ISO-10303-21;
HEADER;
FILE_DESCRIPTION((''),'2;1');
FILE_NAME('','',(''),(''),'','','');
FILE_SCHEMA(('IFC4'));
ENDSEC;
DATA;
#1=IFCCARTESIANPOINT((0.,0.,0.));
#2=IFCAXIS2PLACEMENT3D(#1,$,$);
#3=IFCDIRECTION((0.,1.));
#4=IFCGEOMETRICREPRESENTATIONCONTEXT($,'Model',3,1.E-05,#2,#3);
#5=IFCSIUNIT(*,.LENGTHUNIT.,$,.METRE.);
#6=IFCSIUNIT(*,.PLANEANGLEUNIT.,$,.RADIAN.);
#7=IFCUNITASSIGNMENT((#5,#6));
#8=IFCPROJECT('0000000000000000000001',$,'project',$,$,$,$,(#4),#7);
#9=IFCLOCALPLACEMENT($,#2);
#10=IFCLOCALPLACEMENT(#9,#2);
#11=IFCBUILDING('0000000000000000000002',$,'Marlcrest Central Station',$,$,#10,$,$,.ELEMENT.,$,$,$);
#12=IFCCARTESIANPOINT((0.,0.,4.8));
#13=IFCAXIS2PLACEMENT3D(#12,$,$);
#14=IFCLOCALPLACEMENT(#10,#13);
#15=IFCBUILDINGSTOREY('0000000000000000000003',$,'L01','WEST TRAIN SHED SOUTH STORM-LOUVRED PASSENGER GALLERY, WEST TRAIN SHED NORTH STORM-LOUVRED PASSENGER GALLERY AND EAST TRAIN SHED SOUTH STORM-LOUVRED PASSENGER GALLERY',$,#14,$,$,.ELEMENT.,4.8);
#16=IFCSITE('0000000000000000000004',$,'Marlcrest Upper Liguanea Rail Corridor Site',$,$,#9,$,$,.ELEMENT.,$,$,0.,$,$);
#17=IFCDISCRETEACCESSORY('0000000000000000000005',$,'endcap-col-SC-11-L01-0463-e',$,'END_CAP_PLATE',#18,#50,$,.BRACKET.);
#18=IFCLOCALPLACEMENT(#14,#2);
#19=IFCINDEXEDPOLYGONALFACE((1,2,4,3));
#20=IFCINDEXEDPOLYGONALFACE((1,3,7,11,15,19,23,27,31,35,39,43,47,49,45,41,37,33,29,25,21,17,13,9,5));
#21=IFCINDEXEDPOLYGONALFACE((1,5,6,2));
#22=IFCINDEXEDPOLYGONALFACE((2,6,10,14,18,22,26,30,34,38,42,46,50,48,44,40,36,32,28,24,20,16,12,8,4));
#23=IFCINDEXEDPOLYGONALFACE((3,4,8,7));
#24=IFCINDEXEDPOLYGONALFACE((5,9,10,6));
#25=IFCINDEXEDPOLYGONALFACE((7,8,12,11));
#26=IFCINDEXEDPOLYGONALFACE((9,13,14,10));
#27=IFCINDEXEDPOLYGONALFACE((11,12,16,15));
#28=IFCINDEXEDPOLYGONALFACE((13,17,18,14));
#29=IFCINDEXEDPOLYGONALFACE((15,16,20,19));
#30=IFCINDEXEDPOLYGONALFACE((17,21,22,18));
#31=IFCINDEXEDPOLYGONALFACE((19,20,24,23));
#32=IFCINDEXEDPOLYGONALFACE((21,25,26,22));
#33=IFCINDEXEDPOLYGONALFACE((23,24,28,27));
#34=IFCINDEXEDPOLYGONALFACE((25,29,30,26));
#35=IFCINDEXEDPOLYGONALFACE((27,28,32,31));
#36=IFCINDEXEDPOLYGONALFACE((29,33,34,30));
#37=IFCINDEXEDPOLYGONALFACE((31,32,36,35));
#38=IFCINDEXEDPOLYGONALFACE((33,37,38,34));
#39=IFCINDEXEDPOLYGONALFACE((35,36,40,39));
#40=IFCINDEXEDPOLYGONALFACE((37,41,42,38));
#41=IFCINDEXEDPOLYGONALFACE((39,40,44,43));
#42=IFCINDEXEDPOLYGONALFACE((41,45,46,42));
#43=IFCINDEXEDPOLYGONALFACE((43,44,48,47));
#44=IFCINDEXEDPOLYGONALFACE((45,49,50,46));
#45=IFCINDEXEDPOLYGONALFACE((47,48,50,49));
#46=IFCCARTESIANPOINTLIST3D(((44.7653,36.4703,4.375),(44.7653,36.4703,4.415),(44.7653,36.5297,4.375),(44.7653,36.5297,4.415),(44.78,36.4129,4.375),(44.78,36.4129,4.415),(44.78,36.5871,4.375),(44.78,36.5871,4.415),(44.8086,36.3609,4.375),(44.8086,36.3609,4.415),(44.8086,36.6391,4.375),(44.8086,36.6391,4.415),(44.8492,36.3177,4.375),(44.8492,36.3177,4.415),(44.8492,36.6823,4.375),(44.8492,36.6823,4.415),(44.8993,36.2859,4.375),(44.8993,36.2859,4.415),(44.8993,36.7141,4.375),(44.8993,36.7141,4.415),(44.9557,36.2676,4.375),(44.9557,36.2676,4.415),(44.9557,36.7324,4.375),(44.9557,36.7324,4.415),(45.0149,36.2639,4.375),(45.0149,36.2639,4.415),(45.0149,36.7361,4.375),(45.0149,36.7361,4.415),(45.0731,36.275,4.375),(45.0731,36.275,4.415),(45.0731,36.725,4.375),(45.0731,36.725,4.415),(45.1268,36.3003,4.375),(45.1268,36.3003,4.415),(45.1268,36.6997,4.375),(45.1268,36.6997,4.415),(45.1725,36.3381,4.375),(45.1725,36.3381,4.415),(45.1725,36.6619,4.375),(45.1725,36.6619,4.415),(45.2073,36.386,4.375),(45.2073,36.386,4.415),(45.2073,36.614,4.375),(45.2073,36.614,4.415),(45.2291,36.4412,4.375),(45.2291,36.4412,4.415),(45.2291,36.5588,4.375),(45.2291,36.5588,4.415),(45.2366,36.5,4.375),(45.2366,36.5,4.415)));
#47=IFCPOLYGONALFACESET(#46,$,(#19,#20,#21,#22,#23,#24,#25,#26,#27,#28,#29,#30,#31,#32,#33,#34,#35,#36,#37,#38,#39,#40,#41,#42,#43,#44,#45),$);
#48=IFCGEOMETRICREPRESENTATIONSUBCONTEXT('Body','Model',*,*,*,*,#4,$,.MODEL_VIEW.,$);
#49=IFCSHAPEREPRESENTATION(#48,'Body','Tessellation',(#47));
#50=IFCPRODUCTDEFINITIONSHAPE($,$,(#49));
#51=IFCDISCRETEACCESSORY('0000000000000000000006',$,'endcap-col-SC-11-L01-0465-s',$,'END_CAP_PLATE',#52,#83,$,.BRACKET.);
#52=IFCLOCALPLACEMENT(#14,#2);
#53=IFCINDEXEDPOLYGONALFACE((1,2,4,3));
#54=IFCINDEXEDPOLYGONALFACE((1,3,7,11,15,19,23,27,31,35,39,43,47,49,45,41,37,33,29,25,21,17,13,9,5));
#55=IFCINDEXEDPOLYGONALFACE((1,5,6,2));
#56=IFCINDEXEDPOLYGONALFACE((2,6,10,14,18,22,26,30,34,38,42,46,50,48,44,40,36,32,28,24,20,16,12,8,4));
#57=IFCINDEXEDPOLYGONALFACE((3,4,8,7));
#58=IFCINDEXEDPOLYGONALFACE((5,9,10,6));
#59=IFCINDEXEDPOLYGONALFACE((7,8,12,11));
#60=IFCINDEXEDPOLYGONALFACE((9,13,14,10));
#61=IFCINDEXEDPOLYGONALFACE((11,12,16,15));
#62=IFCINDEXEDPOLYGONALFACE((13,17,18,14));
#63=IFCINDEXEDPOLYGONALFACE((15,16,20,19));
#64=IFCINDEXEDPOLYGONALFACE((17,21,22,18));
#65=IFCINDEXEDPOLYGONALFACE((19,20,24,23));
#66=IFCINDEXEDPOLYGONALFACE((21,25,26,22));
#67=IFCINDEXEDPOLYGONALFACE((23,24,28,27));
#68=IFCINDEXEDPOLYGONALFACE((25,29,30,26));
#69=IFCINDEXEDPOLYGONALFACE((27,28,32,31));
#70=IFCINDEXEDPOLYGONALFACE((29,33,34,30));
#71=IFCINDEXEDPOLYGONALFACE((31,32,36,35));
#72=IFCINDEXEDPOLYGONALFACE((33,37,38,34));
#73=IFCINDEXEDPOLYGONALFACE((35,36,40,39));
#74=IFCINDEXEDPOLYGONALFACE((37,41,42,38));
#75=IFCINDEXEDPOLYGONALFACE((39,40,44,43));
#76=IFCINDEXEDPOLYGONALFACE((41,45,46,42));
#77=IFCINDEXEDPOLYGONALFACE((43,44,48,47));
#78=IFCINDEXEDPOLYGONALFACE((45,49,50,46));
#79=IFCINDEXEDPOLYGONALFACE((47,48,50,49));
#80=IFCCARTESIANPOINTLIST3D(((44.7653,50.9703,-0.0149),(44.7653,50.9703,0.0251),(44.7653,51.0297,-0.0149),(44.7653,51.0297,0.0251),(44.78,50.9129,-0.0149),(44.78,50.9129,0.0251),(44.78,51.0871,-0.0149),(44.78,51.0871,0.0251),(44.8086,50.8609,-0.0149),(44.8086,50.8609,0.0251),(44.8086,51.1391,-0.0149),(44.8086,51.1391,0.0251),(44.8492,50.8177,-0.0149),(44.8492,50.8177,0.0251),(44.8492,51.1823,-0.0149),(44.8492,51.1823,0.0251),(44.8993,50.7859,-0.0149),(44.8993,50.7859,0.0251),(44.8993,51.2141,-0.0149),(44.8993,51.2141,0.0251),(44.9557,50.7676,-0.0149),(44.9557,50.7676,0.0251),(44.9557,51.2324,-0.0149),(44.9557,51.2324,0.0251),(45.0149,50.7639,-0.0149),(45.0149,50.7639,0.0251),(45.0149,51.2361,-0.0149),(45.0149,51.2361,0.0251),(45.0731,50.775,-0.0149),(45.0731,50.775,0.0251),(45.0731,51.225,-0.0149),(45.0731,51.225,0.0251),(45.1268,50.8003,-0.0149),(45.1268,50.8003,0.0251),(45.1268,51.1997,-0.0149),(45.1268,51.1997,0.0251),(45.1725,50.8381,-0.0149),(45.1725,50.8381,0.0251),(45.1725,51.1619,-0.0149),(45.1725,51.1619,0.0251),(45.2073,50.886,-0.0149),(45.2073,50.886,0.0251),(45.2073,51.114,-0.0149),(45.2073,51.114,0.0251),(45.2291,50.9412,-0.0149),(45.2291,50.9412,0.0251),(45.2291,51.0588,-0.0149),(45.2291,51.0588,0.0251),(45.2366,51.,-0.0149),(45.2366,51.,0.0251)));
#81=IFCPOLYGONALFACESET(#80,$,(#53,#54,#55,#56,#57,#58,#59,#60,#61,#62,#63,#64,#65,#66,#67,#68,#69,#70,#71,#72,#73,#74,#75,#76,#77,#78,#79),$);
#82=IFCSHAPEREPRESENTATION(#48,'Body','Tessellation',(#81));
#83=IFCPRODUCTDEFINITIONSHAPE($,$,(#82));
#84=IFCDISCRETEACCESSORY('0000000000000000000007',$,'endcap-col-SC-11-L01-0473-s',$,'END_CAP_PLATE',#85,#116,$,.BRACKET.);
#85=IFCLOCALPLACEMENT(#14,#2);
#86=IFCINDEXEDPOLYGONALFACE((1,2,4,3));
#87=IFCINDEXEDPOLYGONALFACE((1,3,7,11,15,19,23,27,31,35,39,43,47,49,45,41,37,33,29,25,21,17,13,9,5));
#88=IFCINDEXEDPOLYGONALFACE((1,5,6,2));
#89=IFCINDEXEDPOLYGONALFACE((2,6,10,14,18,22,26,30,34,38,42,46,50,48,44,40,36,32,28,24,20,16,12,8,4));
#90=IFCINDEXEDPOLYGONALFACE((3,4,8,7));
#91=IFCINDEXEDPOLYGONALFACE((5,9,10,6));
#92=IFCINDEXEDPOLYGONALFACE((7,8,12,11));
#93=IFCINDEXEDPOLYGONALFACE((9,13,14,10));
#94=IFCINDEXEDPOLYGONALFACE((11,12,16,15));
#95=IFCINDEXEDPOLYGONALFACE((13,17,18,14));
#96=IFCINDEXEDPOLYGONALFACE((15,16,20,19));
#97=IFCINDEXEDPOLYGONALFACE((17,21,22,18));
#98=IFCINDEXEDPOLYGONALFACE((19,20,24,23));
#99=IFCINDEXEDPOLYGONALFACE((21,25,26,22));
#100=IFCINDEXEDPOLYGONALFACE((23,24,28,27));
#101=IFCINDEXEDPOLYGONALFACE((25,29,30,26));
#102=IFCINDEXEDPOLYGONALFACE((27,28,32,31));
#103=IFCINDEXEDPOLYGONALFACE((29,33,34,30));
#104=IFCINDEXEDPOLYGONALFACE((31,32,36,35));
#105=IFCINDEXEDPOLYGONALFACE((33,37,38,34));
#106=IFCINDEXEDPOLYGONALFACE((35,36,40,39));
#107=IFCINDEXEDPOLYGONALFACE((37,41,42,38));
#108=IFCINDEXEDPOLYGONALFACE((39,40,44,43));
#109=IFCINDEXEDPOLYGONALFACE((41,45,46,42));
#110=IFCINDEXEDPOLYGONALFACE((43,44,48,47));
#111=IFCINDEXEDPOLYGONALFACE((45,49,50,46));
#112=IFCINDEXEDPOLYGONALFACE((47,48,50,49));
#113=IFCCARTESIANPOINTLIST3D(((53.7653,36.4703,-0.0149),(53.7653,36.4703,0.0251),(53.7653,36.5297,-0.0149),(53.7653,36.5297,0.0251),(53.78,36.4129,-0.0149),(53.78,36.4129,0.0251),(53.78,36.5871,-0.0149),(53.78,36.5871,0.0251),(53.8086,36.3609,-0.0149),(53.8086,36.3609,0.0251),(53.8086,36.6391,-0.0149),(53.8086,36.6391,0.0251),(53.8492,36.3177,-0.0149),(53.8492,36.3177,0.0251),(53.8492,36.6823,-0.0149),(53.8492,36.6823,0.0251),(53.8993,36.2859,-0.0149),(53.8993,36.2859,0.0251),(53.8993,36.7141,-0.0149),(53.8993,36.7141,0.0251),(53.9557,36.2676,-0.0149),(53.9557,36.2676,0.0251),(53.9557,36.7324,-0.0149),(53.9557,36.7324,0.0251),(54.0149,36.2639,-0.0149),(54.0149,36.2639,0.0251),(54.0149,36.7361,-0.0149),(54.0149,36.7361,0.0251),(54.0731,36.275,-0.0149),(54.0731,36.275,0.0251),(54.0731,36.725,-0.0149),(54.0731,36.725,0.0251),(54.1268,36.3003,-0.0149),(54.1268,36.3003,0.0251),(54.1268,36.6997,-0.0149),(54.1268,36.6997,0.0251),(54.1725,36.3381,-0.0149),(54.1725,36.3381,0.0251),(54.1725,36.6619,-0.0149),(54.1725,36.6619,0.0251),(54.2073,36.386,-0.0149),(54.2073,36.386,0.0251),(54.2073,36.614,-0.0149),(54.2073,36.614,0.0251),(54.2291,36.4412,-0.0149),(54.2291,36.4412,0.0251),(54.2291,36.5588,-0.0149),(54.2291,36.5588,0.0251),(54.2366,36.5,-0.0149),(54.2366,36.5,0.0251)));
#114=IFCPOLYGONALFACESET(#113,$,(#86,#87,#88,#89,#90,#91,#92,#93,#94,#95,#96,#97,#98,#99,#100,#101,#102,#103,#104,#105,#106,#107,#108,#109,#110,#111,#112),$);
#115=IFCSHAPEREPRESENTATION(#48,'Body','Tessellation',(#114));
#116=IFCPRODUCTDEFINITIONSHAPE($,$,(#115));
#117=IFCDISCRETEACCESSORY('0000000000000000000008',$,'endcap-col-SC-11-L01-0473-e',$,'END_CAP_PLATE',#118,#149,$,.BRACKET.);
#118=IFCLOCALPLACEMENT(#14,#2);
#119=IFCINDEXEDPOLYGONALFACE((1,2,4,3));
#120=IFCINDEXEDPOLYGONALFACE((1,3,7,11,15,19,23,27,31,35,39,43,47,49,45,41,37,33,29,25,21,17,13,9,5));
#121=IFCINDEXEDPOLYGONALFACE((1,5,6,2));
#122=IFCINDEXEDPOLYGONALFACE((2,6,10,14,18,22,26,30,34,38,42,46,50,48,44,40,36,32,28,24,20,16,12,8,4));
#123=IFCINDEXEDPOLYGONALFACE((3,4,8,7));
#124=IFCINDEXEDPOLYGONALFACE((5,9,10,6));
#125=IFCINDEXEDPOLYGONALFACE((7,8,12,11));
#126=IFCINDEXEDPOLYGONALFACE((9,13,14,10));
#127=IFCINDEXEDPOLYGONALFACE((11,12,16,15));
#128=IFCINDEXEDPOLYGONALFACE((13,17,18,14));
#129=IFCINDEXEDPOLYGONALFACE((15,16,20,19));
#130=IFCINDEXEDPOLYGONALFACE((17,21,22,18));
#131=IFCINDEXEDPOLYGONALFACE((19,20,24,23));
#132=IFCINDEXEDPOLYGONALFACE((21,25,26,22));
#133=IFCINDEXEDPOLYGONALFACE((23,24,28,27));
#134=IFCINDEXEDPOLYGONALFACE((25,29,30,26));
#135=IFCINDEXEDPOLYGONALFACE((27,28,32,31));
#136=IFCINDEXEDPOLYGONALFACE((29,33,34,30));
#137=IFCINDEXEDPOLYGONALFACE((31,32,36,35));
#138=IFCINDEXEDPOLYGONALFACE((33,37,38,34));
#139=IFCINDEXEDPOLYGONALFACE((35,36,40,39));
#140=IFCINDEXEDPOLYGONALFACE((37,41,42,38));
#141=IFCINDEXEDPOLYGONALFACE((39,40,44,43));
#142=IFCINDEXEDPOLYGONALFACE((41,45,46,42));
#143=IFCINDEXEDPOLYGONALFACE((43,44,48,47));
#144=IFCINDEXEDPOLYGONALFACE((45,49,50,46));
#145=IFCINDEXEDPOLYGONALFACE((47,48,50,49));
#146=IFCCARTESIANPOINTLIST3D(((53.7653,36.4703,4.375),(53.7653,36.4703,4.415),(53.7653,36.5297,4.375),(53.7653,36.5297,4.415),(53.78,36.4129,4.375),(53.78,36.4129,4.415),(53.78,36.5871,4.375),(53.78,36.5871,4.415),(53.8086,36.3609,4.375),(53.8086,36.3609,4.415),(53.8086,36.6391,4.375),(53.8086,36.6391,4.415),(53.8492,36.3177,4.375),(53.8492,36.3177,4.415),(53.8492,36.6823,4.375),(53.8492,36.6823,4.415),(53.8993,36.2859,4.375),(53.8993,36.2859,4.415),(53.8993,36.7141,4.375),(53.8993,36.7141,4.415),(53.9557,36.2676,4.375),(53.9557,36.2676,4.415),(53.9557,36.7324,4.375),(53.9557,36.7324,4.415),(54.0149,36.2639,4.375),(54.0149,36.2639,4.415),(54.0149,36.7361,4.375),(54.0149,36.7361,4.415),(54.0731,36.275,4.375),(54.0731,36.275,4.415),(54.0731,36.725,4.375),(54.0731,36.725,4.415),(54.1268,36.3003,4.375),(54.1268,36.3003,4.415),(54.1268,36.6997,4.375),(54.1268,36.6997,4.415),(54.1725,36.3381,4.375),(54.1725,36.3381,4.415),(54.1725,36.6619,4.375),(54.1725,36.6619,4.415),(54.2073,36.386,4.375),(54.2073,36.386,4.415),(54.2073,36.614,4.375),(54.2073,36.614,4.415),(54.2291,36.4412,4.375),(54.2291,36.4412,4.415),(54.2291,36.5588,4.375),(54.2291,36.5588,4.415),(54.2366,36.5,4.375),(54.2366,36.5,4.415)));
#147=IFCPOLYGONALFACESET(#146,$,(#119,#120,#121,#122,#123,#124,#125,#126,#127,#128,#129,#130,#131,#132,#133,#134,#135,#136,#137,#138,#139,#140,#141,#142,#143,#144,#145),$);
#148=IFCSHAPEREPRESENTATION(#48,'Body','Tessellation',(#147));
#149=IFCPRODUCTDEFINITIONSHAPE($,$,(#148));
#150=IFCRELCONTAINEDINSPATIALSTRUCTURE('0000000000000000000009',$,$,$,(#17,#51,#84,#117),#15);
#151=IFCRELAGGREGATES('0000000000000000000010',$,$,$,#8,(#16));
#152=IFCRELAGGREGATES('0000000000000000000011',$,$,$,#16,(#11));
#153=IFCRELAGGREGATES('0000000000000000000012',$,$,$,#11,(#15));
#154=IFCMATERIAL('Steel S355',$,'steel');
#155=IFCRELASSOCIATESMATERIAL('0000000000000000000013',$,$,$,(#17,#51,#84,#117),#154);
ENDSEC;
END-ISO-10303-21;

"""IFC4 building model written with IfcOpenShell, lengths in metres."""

from ifc_helpers import new_model, si_unit, direction, frame, origin, origin_2d, place, context, subcontext, project, spatial, circle, extrude, material, element, save


model = new_model("IFC4")

# Units and contexts
model_context = context("Model", 3, precision=1e-05, world=origin(), true_north=direction((0.0, 1.0)))
body_context = subcontext(model_context, "Body", "Model", "MODEL_VIEW")
ifc_project = project(units=[si_unit("LENGTHUNIT", "METRE"), si_unit("PLANEANGLEUNIT", "RADIAN")], contexts=[model_context])

# Site, building, storey
site_placement = place(None, origin())
site = spatial("IfcSite", under=ifc_project, at=site_placement, Name="Marlcrest Upper Liguanea Rail Corridor Site", CompositionType="ELEMENT", RefElevation=0.0)
building_placement = place(site_placement, origin())
building = spatial("IfcBuilding", under=site, at=building_placement, Name="Marlcrest Central Station", CompositionType="ELEMENT")
storey_placement = place(building_placement, frame((0.0, 0.0, 4.8)))
storey = spatial("IfcBuildingStorey", under=building, at=storey_placement, Name="L01", Description="WEST TRAIN SHED SOUTH STORM-LOUVRED PASSENGER GALLERY, WEST TRAIN SHED NORTH STORM-LOUVRED PASSENGER GALLERY AND EAST TRAIN SHED SOUTH STORM-LOUVRED PASSENGER GALLERY", CompositionType="ELEMENT", Elevation=4.8)

# Shared definitions
ifc_material_1 = material(Name="Steel S355", Category="steel")

# Discrete accessories
for number, where, z_axis, x_axis, name in (
    (1, (45.0, 36.5, 4.375), (0.0, 0.0, 1.0), (1.0, 0.0, 0.0), "endcap-col-SC-11-L01-0463-e"),
    (2, (45.0, 51.0, -0.0149), (0.0, 0.0, 1.0), (1.0, 0.0, 0.0), "endcap-col-SC-11-L01-0465-s"),
    (3, (54.0, 36.5, -0.0149), (0.0, 0.0, 1.0), (1.0, 0.0, 0.0), "endcap-col-SC-11-L01-0473-s"),
    (4, (54.0, 36.5, 4.375), (0.0, 0.0, 1.0), (1.0, 0.0, 0.0), "endcap-col-SC-11-L01-0473-e"),
):
    element("IfcDiscreteAccessory", number, at=place(storey_placement, frame(where, z_axis=z_axis, x_axis=x_axis)), inside=storey, material=ifc_material_1, Name=name, ObjectType="END_CAP_PLATE", PredefinedType="BRACKET", context=body_context, shape_type="SweptSolid", body=[
        extrude(circle(Radius=0.2366, at=origin_2d()), origin(), (0.0, 0.0, 1.0), 0.04),
    ])

save(model, "model.ifc")
